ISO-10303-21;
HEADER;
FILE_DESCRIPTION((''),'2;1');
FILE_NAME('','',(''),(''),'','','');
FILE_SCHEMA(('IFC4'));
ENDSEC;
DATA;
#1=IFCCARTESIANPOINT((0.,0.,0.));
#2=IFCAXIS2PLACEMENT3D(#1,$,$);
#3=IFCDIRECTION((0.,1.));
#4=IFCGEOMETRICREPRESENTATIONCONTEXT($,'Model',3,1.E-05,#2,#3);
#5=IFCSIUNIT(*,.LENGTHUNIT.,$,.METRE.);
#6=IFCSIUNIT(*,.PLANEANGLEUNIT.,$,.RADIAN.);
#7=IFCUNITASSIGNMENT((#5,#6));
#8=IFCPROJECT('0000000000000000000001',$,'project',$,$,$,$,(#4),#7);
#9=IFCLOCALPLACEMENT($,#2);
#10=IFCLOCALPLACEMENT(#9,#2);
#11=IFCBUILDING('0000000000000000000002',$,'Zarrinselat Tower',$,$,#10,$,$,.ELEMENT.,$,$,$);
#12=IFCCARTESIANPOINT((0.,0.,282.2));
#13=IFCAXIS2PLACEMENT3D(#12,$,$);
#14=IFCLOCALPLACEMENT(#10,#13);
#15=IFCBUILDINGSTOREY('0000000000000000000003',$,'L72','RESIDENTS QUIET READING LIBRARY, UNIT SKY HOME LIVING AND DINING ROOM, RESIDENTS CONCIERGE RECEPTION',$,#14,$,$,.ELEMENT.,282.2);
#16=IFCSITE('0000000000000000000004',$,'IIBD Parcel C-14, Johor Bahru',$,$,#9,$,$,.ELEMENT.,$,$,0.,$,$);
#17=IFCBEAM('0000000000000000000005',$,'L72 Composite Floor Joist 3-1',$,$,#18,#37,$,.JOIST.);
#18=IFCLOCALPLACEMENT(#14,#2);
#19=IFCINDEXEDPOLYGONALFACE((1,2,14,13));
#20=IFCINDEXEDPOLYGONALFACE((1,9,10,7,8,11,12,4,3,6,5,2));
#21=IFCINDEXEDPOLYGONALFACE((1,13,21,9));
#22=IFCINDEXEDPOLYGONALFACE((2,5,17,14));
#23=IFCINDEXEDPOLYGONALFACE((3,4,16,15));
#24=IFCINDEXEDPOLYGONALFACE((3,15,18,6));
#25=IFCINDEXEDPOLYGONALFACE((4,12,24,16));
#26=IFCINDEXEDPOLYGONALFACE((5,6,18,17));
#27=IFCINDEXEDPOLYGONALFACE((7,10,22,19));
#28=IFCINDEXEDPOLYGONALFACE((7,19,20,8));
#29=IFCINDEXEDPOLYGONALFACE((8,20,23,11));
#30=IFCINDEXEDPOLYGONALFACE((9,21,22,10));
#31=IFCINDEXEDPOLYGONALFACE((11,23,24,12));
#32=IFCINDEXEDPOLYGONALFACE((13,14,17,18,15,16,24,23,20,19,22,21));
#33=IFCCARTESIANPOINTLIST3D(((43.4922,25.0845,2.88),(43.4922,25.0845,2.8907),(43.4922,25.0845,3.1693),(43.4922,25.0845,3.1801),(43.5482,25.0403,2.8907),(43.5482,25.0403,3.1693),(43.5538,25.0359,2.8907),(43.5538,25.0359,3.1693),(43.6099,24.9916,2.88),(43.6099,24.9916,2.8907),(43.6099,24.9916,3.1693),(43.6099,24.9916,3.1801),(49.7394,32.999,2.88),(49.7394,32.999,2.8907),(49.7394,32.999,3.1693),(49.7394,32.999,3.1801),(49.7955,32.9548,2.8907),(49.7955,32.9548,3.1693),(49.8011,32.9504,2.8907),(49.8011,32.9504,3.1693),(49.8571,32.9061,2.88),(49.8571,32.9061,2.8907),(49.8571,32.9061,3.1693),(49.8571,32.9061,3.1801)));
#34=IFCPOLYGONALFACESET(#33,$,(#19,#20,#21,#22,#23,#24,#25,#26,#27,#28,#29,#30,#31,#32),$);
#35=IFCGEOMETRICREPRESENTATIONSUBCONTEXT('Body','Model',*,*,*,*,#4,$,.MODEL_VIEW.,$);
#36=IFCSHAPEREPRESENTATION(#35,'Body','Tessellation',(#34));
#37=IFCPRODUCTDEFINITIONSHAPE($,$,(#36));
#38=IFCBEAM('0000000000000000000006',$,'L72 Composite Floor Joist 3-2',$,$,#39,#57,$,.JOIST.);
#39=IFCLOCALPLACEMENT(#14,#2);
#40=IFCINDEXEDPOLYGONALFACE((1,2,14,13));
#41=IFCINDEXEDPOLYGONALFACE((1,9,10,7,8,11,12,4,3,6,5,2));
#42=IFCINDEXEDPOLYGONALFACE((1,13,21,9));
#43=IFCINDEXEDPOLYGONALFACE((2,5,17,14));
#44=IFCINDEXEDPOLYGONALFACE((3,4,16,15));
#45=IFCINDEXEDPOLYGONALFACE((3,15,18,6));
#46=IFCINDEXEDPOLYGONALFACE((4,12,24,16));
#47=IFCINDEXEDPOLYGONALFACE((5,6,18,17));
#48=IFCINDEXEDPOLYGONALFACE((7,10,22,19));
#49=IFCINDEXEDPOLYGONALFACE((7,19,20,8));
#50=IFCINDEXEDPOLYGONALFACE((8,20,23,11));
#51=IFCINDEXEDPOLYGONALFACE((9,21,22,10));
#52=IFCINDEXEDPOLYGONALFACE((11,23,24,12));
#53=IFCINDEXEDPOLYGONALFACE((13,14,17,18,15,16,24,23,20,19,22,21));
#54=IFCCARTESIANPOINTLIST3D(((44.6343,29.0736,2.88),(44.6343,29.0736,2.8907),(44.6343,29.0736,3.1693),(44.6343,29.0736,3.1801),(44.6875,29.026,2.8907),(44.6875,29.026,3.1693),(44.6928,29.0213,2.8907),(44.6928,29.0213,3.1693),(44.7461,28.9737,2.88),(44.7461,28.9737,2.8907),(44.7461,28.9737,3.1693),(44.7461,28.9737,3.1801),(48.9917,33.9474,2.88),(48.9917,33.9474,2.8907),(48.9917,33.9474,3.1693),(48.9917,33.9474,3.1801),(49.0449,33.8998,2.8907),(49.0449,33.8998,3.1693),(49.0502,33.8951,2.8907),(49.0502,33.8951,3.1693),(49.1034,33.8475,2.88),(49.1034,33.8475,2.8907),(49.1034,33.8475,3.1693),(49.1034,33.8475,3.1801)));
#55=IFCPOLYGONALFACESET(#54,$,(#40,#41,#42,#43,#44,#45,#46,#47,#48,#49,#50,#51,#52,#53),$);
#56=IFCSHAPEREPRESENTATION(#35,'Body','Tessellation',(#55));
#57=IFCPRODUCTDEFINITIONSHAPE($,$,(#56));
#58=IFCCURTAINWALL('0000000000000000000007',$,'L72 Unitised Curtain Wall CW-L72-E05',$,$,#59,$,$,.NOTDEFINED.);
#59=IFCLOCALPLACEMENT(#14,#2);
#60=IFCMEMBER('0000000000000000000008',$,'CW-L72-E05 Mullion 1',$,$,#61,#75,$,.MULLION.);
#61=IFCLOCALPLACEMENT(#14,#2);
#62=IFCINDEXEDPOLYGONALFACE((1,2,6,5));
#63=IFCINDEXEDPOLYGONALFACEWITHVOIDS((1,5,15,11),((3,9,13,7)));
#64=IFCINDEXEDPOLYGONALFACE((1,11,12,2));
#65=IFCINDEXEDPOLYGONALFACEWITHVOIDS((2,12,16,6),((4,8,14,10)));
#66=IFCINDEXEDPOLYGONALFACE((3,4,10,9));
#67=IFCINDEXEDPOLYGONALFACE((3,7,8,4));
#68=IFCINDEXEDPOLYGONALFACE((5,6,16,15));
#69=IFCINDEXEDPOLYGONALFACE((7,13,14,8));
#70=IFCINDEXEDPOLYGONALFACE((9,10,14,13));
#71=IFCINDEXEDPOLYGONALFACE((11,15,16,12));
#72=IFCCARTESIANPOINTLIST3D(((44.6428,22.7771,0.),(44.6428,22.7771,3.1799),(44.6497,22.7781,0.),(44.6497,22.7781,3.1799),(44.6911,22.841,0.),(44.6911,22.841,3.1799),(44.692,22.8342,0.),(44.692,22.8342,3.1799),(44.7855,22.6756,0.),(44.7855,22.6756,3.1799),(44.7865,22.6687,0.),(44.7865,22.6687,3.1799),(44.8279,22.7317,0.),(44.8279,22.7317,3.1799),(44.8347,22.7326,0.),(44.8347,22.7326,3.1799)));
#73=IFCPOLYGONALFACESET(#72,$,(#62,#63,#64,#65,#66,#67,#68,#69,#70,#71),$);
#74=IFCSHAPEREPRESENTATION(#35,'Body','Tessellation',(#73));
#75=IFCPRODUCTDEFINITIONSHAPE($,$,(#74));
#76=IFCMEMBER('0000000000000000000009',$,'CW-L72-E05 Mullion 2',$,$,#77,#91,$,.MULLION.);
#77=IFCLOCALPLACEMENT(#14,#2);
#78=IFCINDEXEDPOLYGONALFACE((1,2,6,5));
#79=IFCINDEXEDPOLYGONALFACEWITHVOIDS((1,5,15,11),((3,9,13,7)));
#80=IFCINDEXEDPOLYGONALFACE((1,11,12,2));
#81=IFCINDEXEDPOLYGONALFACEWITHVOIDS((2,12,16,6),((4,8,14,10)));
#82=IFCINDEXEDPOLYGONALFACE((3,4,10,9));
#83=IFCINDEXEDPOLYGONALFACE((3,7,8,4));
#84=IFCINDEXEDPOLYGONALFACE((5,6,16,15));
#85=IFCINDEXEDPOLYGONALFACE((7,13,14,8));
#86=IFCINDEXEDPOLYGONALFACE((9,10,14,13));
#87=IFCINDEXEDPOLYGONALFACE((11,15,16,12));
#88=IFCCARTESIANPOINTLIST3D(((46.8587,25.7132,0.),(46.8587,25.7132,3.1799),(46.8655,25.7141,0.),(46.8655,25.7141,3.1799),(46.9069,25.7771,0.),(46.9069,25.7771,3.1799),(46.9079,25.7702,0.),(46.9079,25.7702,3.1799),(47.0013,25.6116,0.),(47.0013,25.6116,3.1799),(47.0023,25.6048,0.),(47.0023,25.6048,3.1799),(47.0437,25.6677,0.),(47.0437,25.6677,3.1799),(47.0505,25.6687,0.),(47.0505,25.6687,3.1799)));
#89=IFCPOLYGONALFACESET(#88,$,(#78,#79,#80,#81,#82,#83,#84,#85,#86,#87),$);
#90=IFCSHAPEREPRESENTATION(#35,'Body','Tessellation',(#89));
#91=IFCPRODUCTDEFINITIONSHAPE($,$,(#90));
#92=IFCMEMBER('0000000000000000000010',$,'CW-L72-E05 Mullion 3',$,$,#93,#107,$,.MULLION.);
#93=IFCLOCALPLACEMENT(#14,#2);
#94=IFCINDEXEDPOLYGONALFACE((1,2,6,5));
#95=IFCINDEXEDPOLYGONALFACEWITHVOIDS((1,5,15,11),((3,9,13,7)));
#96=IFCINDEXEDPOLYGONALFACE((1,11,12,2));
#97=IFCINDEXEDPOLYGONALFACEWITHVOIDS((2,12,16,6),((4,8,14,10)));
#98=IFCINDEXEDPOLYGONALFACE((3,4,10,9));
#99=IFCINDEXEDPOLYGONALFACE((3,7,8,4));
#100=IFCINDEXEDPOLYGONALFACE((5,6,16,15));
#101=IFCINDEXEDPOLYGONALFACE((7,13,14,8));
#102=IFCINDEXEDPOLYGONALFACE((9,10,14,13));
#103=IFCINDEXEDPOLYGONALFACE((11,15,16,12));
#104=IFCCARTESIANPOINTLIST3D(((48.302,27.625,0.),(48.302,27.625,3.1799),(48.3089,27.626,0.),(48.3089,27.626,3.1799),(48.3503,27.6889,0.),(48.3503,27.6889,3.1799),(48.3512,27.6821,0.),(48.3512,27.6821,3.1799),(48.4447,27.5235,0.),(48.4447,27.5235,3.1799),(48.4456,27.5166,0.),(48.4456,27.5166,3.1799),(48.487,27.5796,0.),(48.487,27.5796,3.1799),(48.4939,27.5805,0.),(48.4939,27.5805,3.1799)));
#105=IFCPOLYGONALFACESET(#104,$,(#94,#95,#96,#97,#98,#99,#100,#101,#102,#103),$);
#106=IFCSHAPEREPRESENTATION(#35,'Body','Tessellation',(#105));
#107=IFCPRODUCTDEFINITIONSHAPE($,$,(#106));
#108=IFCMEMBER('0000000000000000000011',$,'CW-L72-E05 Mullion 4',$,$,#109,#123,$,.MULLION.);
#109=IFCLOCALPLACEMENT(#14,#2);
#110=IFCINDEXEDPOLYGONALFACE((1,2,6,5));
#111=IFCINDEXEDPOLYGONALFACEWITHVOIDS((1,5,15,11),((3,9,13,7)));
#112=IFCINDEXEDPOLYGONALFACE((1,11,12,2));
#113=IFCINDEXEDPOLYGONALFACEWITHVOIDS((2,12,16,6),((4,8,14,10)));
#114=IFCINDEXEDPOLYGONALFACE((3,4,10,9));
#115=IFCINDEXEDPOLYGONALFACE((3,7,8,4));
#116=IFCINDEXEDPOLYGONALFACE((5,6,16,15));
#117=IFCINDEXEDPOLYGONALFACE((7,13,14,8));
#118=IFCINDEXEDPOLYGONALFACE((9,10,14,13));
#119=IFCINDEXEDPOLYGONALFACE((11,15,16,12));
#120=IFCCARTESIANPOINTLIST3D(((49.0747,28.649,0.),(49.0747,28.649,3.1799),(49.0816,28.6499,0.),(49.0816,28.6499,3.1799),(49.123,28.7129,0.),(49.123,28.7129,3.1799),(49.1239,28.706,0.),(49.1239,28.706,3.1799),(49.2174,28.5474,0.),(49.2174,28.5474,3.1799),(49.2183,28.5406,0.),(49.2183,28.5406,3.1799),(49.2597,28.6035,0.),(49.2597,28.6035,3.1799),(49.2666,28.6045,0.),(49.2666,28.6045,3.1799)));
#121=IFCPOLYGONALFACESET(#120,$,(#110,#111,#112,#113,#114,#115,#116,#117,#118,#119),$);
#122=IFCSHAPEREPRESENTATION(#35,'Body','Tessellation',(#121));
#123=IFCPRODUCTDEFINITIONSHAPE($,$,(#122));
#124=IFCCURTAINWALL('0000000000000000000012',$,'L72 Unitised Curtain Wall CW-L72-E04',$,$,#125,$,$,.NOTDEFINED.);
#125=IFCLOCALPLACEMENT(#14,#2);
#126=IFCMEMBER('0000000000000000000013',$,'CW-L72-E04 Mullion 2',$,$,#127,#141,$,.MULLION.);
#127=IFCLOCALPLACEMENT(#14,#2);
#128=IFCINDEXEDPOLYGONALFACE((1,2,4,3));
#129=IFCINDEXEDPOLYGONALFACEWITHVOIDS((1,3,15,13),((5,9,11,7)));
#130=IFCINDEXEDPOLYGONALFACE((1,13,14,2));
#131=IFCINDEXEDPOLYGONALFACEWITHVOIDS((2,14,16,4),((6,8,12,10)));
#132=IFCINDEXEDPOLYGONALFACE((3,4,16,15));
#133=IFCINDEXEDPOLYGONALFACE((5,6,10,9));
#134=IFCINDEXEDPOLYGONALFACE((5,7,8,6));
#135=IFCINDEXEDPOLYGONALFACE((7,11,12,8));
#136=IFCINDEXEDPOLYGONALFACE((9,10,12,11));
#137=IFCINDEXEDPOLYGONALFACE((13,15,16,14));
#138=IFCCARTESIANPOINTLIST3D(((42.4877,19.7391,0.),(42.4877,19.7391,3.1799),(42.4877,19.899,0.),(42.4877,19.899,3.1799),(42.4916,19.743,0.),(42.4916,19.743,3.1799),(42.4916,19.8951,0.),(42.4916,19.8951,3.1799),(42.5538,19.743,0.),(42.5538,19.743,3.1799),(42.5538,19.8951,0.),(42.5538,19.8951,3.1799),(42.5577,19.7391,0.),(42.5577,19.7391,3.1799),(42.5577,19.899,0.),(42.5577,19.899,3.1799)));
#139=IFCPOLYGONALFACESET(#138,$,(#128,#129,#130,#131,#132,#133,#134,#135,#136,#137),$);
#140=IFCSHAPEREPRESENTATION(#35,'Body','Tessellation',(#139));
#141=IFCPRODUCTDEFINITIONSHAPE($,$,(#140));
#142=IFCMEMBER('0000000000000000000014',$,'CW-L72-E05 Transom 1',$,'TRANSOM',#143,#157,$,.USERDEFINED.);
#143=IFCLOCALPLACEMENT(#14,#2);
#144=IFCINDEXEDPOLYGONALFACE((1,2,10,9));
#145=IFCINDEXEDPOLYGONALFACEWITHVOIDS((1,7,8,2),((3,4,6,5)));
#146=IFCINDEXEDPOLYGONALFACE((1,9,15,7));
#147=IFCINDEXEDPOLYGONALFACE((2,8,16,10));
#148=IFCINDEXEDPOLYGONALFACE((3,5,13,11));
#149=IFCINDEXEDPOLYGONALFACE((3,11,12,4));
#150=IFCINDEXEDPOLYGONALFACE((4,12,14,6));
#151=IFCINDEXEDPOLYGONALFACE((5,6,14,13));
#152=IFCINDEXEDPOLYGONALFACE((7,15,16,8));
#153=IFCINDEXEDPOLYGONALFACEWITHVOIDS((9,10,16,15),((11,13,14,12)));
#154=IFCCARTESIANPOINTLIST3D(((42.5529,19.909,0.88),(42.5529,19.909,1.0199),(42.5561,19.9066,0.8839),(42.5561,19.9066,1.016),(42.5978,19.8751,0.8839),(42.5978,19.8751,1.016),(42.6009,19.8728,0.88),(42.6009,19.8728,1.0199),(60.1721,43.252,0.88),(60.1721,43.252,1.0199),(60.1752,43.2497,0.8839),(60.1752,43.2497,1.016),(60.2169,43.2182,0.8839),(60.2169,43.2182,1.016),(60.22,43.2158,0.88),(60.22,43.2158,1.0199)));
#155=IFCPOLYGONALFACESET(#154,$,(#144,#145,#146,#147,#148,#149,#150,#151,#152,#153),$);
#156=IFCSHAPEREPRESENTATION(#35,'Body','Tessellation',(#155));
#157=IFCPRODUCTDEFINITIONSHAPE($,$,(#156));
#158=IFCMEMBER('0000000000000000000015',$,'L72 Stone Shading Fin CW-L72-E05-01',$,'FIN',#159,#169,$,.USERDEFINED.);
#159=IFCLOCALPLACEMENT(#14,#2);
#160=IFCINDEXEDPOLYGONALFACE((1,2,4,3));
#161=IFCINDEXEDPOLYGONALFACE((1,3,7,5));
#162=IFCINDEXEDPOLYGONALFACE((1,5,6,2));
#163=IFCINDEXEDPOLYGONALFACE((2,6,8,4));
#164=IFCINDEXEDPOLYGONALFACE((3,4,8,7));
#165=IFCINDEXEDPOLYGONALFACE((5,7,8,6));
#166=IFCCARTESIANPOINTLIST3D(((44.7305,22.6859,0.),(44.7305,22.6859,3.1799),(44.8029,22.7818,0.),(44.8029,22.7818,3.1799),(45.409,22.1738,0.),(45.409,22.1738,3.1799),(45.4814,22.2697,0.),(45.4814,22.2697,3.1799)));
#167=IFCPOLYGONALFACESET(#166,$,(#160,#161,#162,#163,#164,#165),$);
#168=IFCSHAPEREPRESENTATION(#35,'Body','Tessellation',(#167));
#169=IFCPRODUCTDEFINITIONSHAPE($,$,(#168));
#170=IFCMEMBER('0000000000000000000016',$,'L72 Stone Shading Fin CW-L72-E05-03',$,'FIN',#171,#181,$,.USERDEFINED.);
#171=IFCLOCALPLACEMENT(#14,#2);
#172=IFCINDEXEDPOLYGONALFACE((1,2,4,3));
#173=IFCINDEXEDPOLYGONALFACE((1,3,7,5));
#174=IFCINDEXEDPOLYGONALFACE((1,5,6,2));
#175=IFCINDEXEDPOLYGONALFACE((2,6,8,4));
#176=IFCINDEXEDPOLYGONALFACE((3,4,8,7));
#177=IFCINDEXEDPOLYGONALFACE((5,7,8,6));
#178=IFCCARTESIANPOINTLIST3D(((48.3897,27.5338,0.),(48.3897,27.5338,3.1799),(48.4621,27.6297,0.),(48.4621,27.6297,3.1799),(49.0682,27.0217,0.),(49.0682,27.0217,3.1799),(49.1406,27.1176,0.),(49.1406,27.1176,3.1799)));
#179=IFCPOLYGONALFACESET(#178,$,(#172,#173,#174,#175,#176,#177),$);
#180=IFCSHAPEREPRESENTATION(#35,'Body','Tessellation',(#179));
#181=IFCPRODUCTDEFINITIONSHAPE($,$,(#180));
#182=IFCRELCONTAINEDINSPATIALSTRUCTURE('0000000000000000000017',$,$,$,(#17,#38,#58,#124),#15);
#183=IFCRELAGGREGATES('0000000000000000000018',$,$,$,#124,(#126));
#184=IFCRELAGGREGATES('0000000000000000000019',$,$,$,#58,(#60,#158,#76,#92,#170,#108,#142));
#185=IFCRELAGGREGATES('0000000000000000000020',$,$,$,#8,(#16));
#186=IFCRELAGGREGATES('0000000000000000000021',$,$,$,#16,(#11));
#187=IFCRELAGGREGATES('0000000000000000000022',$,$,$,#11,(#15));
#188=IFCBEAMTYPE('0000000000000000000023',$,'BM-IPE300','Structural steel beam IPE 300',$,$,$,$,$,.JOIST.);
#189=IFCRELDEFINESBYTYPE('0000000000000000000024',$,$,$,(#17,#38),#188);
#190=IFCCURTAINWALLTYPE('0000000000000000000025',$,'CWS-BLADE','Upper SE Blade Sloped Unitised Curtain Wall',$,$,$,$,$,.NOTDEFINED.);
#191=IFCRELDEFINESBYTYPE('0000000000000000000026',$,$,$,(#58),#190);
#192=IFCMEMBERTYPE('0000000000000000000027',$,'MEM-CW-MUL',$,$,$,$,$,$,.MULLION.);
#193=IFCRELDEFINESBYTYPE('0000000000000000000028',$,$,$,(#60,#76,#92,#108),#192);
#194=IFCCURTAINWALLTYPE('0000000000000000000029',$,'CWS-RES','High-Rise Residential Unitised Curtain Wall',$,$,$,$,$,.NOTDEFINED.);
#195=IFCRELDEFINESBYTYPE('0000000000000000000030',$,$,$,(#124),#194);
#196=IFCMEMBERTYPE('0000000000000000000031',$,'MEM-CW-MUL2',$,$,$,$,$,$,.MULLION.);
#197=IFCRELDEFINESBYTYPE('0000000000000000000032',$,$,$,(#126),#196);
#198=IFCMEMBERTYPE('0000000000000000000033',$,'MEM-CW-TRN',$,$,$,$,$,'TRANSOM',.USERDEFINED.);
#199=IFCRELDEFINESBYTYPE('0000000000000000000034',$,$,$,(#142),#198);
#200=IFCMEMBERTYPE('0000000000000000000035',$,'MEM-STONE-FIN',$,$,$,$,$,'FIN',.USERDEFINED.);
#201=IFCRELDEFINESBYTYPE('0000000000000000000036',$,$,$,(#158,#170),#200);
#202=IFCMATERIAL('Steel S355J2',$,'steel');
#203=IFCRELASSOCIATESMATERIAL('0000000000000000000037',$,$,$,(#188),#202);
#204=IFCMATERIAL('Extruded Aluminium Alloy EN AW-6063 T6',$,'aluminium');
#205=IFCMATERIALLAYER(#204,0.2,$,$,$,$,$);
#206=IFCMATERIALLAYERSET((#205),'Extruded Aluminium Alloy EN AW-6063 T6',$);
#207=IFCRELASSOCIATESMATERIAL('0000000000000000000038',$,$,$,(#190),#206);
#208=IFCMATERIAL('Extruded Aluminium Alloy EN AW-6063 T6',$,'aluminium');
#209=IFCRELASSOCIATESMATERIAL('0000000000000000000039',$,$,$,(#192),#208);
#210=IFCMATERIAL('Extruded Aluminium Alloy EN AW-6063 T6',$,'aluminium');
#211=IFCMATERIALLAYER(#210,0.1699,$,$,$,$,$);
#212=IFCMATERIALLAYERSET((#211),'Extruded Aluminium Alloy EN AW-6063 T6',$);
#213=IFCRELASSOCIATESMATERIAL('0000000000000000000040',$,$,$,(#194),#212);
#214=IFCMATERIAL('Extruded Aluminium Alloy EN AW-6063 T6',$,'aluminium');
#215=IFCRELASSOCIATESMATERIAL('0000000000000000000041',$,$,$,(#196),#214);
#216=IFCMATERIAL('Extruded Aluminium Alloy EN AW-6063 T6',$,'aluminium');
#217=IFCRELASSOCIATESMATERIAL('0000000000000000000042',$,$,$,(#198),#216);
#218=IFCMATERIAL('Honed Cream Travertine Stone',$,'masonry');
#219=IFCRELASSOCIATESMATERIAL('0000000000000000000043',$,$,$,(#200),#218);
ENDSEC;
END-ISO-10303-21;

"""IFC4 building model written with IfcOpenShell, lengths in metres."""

from ifc_helpers import new_model, si_unit, direction, frame, origin, origin_2d, place, context, subcontext, project, spatial, rectangle, hollow_rectangle, i_section, extrude, material, layer, layer_set, material_profile, profile_set, type_object, element, aggregate, save


model = new_model("IFC4")

# Units and contexts
model_context = context("Model", 3, precision=1e-05, world=origin(), true_north=direction((0.0, 1.0)))
body_context = subcontext(model_context, "Body", "Model", "MODEL_VIEW")
ifc_project = project(units=[si_unit("LENGTHUNIT", "METRE"), si_unit("PLANEANGLEUNIT", "RADIAN")], contexts=[model_context])

# Site, building, storey
site_placement = place(None, origin())
site = spatial("IfcSite", under=ifc_project, at=site_placement, Name="IIBD Parcel C-14, Johor Bahru", CompositionType="ELEMENT", RefElevation=0.0)
building_placement = place(site_placement, origin())
building = spatial("IfcBuilding", under=site, at=building_placement, Name="Zarrinselat Tower", CompositionType="ELEMENT")
storey_placement = place(building_placement, frame((0.0, 0.0, 282.2)))
storey = spatial("IfcBuildingStorey", under=building, at=storey_placement, Name="L72", Description="RESIDENTS QUIET READING LIBRARY, UNIT SKY HOME LIVING AND DINING ROOM, RESIDENTS CONCIERGE RECEPTION", CompositionType="ELEMENT", Elevation=282.2)

# Beams
ifc_material_1 = material(Name="Steel S355J2", Category="steel")
ifc_material_profile_1 = material_profile(ifc_material_1, i_section(OverallWidth=0.1499, OverallDepth=0.3, WebThickness=0.0071, FlangeThickness=0.0107, at=origin_2d()), Name="IPE 300")
ifc_profile_set_1 = profile_set([ifc_material_profile_1], Name="Steel S355J2")
beam_type_1 = type_object("IfcBeamType", Name="BM-IPE300", Description="Structural steel beam IPE 300", PredefinedType="JOIST", material=ifc_profile_set_1)
beam_1_placement = place(storey_placement, frame((43.551, 25.0381, 3.03), z_axis=(0.619582, 0.784932, 0.0), x_axis=(-0.784932, 0.619582, 0.0)))
element("IfcBeam", 1, at=beam_1_placement, inside=storey, type_object=beam_type_1, Name="L72 Composite Floor Joist 3-1", PredefinedType="JOIST", context=body_context, shape_type="SweptSolid", body=[
    extrude(i_section(OverallWidth=0.1499, OverallDepth=0.3, WebThickness=0.0071, FlangeThickness=0.0107, at=origin_2d()), origin(), (0.0, 0.0, 1.0), 10.083),
])
beam_2_placement = place(storey_placement, frame((44.6902, 29.0237, 3.03), z_axis=(0.666512, 0.745494, 0.0), x_axis=(-0.745494, 0.666512, 0.0)))
element("IfcBeam", 2, at=beam_2_placement, inside=storey, type_object=beam_type_1, Name="L72 Composite Floor Joist 3-2", PredefinedType="JOIST", context=body_context, shape_type="SweptSolid", body=[
    extrude(i_section(OverallWidth=0.1499, OverallDepth=0.3, WebThickness=0.0071, FlangeThickness=0.0107, at=origin_2d()), origin(), (0.0, 0.0, 1.0), 6.5376),
])

# Curtain wall, members
ifc_material_2 = material(Name="Extruded Aluminium Alloy EN AW-6063 T6", Category="aluminium")
ifc_layer_1 = layer(ifc_material_2, 0.2)
ifc_layer_set_1 = layer_set([ifc_layer_1], Name="Extruded Aluminium Alloy EN AW-6063 T6")
curtain_wall_type_1 = type_object("IfcCurtainWallType", Name="CWS-BLADE", Description="Upper SE Blade Sloped Unitised Curtain Wall", PredefinedType="NOTDEFINED", material=ifc_layer_set_1)
curtain_wall_1_placement = place(storey_placement, origin())
curtain_wall_1 = element("IfcCurtainWall", 3, at=curtain_wall_1_placement, inside=storey, type_object=curtain_wall_type_1, Name="L72 Unitised Curtain Wall CW-L72-E05", PredefinedType="NOTDEFINED")
ifc_material_3 = material(Name="Extruded Aluminium Alloy EN AW-6063 T6", Category="aluminium")
ifc_material_profile_2 = material_profile(ifc_material_3, hollow_rectangle(XDim=0.0801, YDim=0.1799, WallThickness=0.0049, at=origin_2d()), Name="RHS 180x80x5")
ifc_profile_set_2 = profile_set([ifc_material_profile_2], Name="Extruded Aluminium Alloy EN AW-6063 T6")
member_type_1 = type_object("IfcMemberType", Name="MEM-CW-MUL", PredefinedType="MULLION", material=ifc_profile_set_2)
member_1_placement = place(storey_placement, frame((44.7388, 22.7549, 0.0), z_axis=(0.0, 0.0, 1.0), x_axis=(0.602445, 0.79816, 0.0)))
member_1 = element("IfcMember", 4, at=member_1_placement, type_object=member_type_1, Name="CW-L72-E05 Mullion 1", PredefinedType="MULLION", context=body_context, shape_type="SweptSolid", body=[
    extrude(hollow_rectangle(XDim=0.0801, YDim=0.1799, WallThickness=0.0049, at=origin_2d()), origin(), (0.0, 0.0, 1.0), 3.1799),
])
member_2_placement = place(storey_placement, frame((46.9546, 25.6909, 0.0), z_axis=(0.0, 0.0, 1.0), x_axis=(0.602445, 0.79816, 0.0)))
member_2 = element("IfcMember", 5, at=member_2_placement, type_object=member_type_1, Name="CW-L72-E05 Mullion 2", PredefinedType="MULLION", context=body_context, shape_type="SweptSolid", body=[
    extrude(hollow_rectangle(XDim=0.0801, YDim=0.1799, WallThickness=0.0049, at=origin_2d()), origin(), (0.0, 0.0, 1.0), 3.1799),
])
member_3_placement = place(storey_placement, frame((48.3979, 27.6028, 0.0), z_axis=(0.0, 0.0, 1.0), x_axis=(0.602445, 0.79816, 0.0)))
member_3 = element("IfcMember", 6, at=member_3_placement, type_object=member_type_1, Name="CW-L72-E05 Mullion 3", PredefinedType="MULLION", context=body_context, shape_type="SweptSolid", body=[
    extrude(hollow_rectangle(XDim=0.0801, YDim=0.1799, WallThickness=0.0049, at=origin_2d()), origin(), (0.0, 0.0, 1.0), 3.1799),
])
member_4_placement = place(storey_placement, frame((49.1707, 28.6267, 0.0), z_axis=(0.0, 0.0, 1.0), x_axis=(0.602445, 0.79816, 0.0)))
member_4 = element("IfcMember", 7, at=member_4_placement, type_object=member_type_1, Name="CW-L72-E05 Mullion 4", PredefinedType="MULLION", context=body_context, shape_type="SweptSolid", body=[
    extrude(hollow_rectangle(XDim=0.0801, YDim=0.1799, WallThickness=0.0049, at=origin_2d()), origin(), (0.0, 0.0, 1.0), 3.1799),
])

# Curtain wall, member
ifc_material_4 = material(Name="Extruded Aluminium Alloy EN AW-6063 T6", Category="aluminium")
ifc_layer_2 = layer(ifc_material_4, 0.1699)
ifc_layer_set_2 = layer_set([ifc_layer_2], Name="Extruded Aluminium Alloy EN AW-6063 T6")
curtain_wall_type_2 = type_object("IfcCurtainWallType", Name="CWS-RES", Description="High-Rise Residential Unitised Curtain Wall", PredefinedType="NOTDEFINED", material=ifc_layer_set_2)
curtain_wall_2_placement = place(storey_placement, origin())
curtain_wall_2 = element("IfcCurtainWall", 8, at=curtain_wall_2_placement, inside=storey, type_object=curtain_wall_type_2, Name="L72 Unitised Curtain Wall CW-L72-E04", PredefinedType="NOTDEFINED")
ifc_material_5 = material(Name="Extruded Aluminium Alloy EN AW-6063 T6", Category="aluminium")
ifc_material_profile_3 = material_profile(ifc_material_5, hollow_rectangle(XDim=0.0701, YDim=0.1599, WallThickness=0.0039, at=origin_2d()), Name="RHS 160x70x4")
ifc_profile_set_3 = profile_set([ifc_material_profile_3], Name="Extruded Aluminium Alloy EN AW-6063 T6")
member_type_2 = type_object("IfcMemberType", Name="MEM-CW-MUL2", PredefinedType="MULLION", material=ifc_profile_set_3)
member_5_placement = place(storey_placement, frame((42.5227, 19.8191, 0.0), z_axis=(0.0, 0.0, 1.0), x_axis=(1.0, 0.0, 0.0)))
member_5 = element("IfcMember", 9, at=member_5_placement, type_object=member_type_2, Name="CW-L72-E04 Mullion 2", PredefinedType="MULLION", context=body_context, shape_type="SweptSolid", body=[
    extrude(hollow_rectangle(XDim=0.0701, YDim=0.1599, WallThickness=0.0039, at=origin_2d()), origin(), (0.0, 0.0, 1.0), 3.1799),
])

# Members
ifc_material_6 = material(Name="Extruded Aluminium Alloy EN AW-6063 T6", Category="aluminium")
ifc_material_profile_4 = material_profile(ifc_material_6, hollow_rectangle(XDim=0.0601, YDim=0.1399, WallThickness=0.0039, at=origin_2d()), Name="RHS 140x60x4")
ifc_profile_set_4 = profile_set([ifc_material_profile_4], Name="Extruded Aluminium Alloy EN AW-6063 T6")
member_type_3 = type_object("IfcMemberType", Name="MEM-CW-TRN", ElementType="TRANSOM", PredefinedType="USERDEFINED", material=ifc_profile_set_4)
member_6_placement = place(storey_placement, frame((42.5769, 19.8909, 0.95), z_axis=(0.602445, 0.79816, 0.0), x_axis=(-0.79816, 0.602445, 0.0)))
member_6 = element("IfcMember", 10, at=member_6_placement, type_object=member_type_3, Name="CW-L72-E05 Transom 1", ObjectType="TRANSOM", PredefinedType="USERDEFINED", context=body_context, shape_type="SweptSolid", body=[
    extrude(hollow_rectangle(XDim=0.0601, YDim=0.1399, WallThickness=0.0039, at=origin_2d()), origin(), (0.0, 0.0, 1.0), 29.2461),
])
ifc_material_7 = material(Name="Honed Cream Travertine Stone", Category="masonry")
ifc_material_profile_5 = material_profile(ifc_material_7, rectangle(XDim=0.1201, YDim=0.8501, at=origin_2d()), Name="FIN 850x120")
ifc_profile_set_5 = profile_set([ifc_material_profile_5], Name="Honed Cream Travertine Stone")
member_type_4 = type_object("IfcMemberType", Name="MEM-STONE-FIN", ElementType="FIN", PredefinedType="USERDEFINED", material=ifc_profile_set_5)
member_7_placement = place(storey_placement, frame((45.106, 22.4778, 0.0), z_axis=(0.0, 0.0, 1.0), x_axis=(-0.602445, -0.79816, 0.0)))
member_7 = element("IfcMember", 11, at=member_7_placement, type_object=member_type_4, Name="L72 Stone Shading Fin CW-L72-E05-01", ObjectType="FIN", PredefinedType="USERDEFINED", context=body_context, shape_type="SweptSolid", body=[
    extrude(rectangle(XDim=0.1201, YDim=0.8501, at=origin_2d()), origin(), (0.0, 0.0, 1.0), 3.1799),
])
member_8_placement = place(storey_placement, frame((48.7651, 27.3257, 0.0), z_axis=(0.0, 0.0, 1.0), x_axis=(-0.602445, -0.79816, 0.0)))
member_8 = element("IfcMember", 12, at=member_8_placement, type_object=member_type_4, Name="L72 Stone Shading Fin CW-L72-E05-03", ObjectType="FIN", PredefinedType="USERDEFINED", context=body_context, shape_type="SweptSolid", body=[
    extrude(rectangle(XDim=0.1201, YDim=0.8501, at=origin_2d()), origin(), (0.0, 0.0, 1.0), 3.1799),
])

aggregate(curtain_wall_2, [member_5])
aggregate(curtain_wall_1, [member_1, member_7, member_2, member_3, member_8, member_4, member_6])

save(model, "model.ifc")
